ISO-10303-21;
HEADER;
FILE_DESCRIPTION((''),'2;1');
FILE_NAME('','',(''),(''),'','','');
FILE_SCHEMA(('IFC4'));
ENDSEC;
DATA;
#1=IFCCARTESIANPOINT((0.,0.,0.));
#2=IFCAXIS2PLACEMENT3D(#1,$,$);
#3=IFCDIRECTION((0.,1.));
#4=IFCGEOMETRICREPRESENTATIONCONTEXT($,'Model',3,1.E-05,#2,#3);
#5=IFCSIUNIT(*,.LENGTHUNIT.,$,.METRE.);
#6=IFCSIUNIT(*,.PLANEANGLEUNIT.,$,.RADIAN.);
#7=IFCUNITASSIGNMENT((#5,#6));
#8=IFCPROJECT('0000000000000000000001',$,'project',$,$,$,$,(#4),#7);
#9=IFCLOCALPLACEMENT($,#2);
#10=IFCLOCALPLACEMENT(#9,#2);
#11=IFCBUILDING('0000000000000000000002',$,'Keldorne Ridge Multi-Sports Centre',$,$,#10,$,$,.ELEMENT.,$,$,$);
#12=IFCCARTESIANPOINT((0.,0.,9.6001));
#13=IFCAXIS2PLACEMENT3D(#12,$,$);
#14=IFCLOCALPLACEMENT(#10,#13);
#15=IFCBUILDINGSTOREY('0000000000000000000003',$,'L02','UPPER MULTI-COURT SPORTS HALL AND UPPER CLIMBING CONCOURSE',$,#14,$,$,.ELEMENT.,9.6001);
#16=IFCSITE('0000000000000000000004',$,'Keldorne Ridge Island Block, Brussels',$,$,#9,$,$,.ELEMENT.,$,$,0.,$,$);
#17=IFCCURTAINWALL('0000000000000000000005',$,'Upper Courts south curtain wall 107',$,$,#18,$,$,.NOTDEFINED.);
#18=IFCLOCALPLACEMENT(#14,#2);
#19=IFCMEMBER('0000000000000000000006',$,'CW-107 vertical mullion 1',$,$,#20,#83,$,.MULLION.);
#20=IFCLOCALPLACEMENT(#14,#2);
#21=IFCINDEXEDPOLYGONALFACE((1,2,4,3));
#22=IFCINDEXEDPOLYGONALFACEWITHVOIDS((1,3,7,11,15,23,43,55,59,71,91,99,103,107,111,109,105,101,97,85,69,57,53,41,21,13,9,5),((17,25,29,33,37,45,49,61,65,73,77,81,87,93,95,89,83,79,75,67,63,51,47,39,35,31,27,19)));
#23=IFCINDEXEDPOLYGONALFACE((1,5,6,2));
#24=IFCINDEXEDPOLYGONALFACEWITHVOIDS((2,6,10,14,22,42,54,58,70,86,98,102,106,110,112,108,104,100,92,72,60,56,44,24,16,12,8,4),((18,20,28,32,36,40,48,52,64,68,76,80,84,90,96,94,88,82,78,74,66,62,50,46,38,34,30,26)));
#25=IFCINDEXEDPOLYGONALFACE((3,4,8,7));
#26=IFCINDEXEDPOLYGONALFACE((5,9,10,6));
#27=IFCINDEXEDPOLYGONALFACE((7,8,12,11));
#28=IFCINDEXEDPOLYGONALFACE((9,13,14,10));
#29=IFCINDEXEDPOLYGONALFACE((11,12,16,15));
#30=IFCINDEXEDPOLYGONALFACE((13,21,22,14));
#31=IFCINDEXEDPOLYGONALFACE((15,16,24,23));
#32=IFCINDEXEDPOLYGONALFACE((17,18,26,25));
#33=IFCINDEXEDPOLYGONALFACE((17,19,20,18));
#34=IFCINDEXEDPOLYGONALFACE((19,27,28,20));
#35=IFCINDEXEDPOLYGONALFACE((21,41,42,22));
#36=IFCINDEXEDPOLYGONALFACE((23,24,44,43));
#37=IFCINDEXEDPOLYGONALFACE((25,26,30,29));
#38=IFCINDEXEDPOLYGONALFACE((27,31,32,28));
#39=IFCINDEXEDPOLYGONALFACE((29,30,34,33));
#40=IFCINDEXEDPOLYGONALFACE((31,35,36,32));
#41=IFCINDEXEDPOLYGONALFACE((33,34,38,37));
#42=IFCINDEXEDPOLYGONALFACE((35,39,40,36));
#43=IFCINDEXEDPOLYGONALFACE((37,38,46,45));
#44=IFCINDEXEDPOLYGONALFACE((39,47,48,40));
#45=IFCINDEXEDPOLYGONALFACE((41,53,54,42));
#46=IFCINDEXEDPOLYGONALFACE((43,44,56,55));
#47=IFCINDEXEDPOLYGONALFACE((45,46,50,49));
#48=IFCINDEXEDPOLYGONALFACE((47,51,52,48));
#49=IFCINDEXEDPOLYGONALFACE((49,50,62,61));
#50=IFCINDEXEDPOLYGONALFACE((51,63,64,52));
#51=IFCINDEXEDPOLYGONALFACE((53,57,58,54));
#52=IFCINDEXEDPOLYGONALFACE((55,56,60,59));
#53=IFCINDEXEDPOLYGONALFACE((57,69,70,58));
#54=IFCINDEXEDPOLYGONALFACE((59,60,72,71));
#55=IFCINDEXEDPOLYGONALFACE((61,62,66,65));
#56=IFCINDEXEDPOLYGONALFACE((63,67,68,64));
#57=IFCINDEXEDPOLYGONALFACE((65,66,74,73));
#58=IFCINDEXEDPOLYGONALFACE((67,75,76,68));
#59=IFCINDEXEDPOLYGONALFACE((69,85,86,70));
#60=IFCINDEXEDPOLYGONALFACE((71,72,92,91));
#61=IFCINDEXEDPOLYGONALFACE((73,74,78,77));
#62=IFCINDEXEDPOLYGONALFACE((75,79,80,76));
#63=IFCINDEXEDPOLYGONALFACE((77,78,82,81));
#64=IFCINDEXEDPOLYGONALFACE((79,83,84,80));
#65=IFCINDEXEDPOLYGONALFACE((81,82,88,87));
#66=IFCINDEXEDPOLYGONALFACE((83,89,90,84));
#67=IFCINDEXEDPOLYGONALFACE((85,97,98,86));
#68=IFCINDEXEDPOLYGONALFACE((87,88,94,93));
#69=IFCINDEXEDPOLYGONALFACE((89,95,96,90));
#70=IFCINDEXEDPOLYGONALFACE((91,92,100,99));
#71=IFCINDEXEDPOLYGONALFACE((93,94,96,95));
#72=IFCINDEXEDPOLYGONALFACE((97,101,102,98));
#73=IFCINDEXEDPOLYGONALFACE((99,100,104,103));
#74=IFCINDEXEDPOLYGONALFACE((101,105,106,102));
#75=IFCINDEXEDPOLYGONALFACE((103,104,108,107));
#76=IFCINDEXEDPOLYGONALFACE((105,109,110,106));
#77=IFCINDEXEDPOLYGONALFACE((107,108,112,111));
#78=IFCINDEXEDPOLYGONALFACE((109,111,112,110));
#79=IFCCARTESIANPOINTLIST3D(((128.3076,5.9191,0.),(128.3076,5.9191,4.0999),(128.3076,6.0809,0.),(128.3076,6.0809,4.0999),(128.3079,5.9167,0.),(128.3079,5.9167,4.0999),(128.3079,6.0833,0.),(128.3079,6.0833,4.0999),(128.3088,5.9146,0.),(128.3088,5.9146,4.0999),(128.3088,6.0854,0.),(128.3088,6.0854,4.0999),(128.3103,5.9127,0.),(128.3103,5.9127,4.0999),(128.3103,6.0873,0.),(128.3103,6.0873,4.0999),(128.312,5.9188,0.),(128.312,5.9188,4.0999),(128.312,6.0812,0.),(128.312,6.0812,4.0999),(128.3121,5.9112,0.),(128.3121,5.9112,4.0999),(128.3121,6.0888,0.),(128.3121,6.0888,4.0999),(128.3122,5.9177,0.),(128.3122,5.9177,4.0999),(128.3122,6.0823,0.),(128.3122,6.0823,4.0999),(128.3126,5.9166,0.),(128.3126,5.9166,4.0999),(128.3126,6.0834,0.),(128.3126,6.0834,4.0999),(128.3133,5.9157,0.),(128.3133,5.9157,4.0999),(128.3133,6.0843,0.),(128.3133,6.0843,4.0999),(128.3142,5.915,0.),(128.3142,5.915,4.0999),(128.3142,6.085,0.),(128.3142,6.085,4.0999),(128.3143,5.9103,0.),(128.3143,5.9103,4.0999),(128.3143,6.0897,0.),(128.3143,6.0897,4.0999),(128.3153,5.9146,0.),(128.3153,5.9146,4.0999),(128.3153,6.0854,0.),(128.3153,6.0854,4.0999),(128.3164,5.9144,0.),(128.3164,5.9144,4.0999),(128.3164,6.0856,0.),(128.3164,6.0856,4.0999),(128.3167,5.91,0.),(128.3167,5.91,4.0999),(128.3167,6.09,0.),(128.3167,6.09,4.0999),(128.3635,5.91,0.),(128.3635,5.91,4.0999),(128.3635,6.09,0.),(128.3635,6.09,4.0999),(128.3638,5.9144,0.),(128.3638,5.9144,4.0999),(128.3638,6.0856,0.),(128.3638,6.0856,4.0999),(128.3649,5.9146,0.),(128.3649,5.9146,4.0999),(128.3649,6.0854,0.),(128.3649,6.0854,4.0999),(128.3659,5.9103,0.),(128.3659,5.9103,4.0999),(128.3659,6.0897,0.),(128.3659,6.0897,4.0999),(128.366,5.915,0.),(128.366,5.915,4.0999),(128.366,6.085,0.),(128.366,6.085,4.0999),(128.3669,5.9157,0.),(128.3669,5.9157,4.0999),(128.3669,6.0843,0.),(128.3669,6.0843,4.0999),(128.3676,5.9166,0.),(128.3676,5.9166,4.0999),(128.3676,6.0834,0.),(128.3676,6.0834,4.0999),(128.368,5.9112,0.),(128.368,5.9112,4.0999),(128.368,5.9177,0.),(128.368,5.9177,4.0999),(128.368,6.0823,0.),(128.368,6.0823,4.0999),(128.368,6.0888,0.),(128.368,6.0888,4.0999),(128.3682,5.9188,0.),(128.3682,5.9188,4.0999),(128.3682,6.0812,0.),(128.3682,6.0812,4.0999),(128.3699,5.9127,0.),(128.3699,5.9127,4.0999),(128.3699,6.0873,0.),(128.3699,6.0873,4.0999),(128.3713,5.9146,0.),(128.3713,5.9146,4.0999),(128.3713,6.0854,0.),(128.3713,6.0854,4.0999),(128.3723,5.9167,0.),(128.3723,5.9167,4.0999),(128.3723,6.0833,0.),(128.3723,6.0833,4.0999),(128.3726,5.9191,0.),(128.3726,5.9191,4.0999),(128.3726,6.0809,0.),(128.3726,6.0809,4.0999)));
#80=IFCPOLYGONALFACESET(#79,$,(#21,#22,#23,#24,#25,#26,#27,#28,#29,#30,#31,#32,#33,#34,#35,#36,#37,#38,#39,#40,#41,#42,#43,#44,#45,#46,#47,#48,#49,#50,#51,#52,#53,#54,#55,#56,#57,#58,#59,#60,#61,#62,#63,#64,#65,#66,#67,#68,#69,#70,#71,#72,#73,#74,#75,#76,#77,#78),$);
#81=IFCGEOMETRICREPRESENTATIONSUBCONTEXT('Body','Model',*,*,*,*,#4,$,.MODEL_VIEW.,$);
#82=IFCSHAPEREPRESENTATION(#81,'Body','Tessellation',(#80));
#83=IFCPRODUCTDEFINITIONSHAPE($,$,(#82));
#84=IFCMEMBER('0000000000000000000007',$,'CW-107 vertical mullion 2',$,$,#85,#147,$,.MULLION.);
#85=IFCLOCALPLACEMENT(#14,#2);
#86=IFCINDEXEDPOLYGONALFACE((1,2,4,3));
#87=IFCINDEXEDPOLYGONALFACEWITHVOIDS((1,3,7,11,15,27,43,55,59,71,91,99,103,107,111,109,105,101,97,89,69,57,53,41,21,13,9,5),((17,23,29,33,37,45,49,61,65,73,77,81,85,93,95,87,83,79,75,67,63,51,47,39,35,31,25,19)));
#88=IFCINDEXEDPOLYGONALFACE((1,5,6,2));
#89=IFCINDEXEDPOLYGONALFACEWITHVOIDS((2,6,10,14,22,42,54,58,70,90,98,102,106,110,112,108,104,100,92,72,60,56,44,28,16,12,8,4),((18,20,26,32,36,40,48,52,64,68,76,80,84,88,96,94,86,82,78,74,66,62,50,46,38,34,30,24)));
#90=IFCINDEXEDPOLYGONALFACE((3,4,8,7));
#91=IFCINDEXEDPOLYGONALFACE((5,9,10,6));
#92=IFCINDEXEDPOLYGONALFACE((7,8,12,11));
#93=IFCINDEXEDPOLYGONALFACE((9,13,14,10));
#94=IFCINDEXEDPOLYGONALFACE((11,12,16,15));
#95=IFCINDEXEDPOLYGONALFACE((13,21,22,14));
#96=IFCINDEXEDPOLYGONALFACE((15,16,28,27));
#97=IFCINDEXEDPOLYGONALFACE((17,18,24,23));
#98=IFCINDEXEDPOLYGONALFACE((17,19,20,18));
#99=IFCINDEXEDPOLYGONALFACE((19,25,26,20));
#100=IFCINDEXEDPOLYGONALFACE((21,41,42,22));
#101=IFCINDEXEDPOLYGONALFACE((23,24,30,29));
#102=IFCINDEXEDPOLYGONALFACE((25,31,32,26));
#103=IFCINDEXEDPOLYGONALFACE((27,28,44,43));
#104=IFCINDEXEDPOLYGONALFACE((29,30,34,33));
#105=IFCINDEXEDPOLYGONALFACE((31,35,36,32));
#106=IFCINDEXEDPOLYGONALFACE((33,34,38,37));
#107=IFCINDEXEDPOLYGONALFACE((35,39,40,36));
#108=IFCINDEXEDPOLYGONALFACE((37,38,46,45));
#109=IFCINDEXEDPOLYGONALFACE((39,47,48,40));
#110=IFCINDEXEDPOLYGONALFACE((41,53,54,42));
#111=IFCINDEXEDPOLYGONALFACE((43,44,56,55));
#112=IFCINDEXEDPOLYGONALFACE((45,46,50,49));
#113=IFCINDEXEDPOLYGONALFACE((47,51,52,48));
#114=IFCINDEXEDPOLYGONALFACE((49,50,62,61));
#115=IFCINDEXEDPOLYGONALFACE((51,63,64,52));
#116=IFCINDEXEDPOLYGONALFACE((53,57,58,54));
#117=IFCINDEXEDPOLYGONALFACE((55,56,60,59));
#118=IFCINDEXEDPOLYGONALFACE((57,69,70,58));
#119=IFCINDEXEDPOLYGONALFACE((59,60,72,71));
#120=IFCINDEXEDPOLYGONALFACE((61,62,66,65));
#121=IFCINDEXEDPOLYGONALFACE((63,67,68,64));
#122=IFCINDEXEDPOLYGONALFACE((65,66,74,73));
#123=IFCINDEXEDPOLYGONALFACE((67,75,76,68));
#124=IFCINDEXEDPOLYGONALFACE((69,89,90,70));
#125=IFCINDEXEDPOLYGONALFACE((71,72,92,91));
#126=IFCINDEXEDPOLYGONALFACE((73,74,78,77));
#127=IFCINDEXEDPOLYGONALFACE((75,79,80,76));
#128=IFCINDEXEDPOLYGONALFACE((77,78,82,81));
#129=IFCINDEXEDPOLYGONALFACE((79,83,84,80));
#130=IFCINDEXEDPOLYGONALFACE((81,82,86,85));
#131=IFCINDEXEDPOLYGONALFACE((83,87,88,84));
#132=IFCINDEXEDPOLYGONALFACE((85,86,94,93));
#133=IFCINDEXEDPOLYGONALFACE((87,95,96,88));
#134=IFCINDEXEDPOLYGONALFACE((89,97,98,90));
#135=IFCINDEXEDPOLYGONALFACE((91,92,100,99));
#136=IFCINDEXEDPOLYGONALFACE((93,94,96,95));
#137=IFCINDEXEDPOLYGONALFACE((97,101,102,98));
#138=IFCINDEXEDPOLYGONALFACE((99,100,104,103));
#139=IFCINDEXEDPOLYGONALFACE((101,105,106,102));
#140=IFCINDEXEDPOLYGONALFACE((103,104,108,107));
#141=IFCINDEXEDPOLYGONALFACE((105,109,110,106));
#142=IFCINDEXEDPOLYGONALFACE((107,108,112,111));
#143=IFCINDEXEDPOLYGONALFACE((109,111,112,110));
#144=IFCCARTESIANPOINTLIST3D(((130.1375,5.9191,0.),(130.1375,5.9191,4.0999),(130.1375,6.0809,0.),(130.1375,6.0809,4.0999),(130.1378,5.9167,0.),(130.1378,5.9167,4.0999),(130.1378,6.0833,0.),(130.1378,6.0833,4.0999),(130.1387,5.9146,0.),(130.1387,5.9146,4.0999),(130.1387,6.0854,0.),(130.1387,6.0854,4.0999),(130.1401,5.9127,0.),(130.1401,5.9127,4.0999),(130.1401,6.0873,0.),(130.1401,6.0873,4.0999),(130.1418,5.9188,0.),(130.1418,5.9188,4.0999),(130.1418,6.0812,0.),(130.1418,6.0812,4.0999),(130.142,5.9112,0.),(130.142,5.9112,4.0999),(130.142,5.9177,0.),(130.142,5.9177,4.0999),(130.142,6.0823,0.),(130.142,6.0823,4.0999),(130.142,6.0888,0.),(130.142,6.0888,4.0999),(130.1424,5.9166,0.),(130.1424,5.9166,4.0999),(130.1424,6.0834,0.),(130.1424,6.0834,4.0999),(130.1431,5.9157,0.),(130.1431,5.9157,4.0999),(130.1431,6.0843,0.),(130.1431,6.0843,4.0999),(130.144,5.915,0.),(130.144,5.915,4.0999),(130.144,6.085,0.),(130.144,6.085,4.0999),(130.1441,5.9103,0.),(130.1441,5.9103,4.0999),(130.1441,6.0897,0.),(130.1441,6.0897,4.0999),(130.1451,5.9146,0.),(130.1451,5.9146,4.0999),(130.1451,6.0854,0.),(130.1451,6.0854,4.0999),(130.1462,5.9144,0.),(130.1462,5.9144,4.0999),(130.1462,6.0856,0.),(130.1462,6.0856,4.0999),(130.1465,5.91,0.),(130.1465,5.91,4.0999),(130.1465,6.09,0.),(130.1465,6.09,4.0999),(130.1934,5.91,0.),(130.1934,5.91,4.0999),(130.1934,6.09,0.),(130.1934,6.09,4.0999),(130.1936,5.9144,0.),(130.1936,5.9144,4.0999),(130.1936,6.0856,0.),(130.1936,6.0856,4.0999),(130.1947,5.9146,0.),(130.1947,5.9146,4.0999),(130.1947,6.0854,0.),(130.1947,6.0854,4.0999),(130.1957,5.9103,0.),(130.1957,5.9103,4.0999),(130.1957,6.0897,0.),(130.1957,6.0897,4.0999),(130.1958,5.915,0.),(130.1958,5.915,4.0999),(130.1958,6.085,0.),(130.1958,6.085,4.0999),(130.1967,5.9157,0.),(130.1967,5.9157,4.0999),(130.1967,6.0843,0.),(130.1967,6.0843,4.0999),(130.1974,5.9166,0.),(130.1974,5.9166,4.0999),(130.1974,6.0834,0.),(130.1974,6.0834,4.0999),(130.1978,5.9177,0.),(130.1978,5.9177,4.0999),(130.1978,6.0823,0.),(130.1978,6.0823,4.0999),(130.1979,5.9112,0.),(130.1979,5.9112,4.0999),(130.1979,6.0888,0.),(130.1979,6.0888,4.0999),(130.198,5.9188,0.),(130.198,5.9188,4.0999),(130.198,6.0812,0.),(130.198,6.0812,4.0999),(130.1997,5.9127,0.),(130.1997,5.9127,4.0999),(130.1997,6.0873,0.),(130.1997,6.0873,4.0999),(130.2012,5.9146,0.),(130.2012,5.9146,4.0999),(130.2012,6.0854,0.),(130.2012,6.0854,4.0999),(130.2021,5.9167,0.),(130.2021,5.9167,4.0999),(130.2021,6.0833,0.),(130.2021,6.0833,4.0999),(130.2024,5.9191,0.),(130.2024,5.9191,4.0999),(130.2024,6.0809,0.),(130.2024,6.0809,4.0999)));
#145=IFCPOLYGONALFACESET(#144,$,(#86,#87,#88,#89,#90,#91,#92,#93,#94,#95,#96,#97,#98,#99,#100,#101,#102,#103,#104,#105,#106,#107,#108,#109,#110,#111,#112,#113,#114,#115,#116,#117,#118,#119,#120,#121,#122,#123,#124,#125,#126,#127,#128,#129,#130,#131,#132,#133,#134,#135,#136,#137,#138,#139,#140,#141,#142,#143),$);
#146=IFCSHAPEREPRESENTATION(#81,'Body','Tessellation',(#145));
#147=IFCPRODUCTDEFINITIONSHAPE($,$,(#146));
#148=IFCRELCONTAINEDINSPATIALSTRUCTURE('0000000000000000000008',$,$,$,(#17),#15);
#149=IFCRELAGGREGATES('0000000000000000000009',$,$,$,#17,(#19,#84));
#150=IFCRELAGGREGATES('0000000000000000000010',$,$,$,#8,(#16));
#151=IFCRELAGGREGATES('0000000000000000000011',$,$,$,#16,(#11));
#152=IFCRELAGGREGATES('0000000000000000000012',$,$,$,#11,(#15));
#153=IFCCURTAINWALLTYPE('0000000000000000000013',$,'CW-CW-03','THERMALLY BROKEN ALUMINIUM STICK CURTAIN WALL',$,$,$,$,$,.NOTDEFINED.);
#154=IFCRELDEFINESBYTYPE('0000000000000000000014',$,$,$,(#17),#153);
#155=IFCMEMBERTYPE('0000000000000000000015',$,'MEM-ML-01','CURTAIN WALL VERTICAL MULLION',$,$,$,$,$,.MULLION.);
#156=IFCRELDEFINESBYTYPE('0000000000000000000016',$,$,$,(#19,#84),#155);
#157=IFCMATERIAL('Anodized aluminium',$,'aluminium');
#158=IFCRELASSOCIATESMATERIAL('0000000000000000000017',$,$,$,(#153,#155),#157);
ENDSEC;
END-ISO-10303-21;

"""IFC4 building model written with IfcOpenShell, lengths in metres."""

from ifc_helpers import new_model, si_unit, direction, frame, origin, origin_2d, place, context, subcontext, project, spatial, hollow_rectangle, extrude, material, material_profile, profile_set, type_object, element, aggregate, save


model = new_model("IFC4")

# Units and contexts
model_context = context("Model", 3, precision=1e-05, world=origin(), true_north=direction((0.0, 1.0)))
body_context = subcontext(model_context, "Body", "Model", "MODEL_VIEW")
ifc_project = project(units=[si_unit("LENGTHUNIT", "METRE"), si_unit("PLANEANGLEUNIT", "RADIAN")], contexts=[model_context])

# Site, building, storey
site_placement = place(None, origin())
site = spatial("IfcSite", under=ifc_project, at=site_placement, Name="Keldorne Ridge Island Block, Brussels", CompositionType="ELEMENT", RefElevation=0.0)
building_placement = place(site_placement, origin())
building = spatial("IfcBuilding", under=site, at=building_placement, Name="Keldorne Ridge Multi-Sports Centre", CompositionType="ELEMENT")
storey_placement = place(building_placement, frame((0.0, 0.0, 9.6001)))
storey = spatial("IfcBuildingStorey", under=building, at=storey_placement, Name="L02", Description="UPPER MULTI-COURT SPORTS HALL AND UPPER CLIMBING CONCOURSE", CompositionType="ELEMENT", Elevation=9.6001)

# Curtain wall, members
ifc_material_1 = material(Name="Anodized aluminium", Category="aluminium")
curtain_wall_type = type_object("IfcCurtainWallType", Name="CW-CW-03", Description="THERMALLY BROKEN ALUMINIUM STICK CURTAIN WALL", PredefinedType="NOTDEFINED", material=ifc_material_1)
curtain_wall_placement = place(storey_placement, origin())
curtain_wall = element("IfcCurtainWall", 1, at=curtain_wall_placement, inside=storey, type_object=curtain_wall_type, Name="Upper Courts south curtain wall 107", PredefinedType="NOTDEFINED")
ifc_material_profile_1 = material_profile(ifc_material_1, hollow_rectangle(XDim=0.0649, YDim=0.1799, WallThickness=0.0044, InnerFilletRadius=0.0044, OuterFilletRadius=0.009, at=origin_2d()), Name="ALU MULLION 180x65x4.5")
ifc_profile_set_1 = profile_set([ifc_material_profile_1], Name="Anodized aluminium")
member_type_1 = type_object("IfcMemberType", Name="MEM-ML-01", Description="CURTAIN WALL VERTICAL MULLION", PredefinedType="MULLION", material=ifc_profile_set_1)
member_1_placement = place(storey_placement, frame((128.3401, 6.0, 0.0), z_axis=(0.0, 0.0, 1.0), x_axis=(1.0, 0.0, 0.0)))
member_1 = element("IfcMember", 2, at=member_1_placement, type_object=member_type_1, Name="CW-107 vertical mullion 1", PredefinedType="MULLION", context=body_context, shape_type="SweptSolid", body=[
    extrude(hollow_rectangle(XDim=0.0649, YDim=0.1799, WallThickness=0.0044, InnerFilletRadius=0.0044, OuterFilletRadius=0.009, at=origin_2d()), origin(), (0.0, 0.0, 1.0), 4.0999),
])
member_2_placement = place(storey_placement, frame((130.1699, 6.0, 0.0), z_axis=(0.0, 0.0, 1.0), x_axis=(1.0, 0.0, 0.0)))
member_2 = element("IfcMember", 3, at=member_2_placement, type_object=member_type_1, Name="CW-107 vertical mullion 2", PredefinedType="MULLION", context=body_context, shape_type="SweptSolid", body=[
    extrude(hollow_rectangle(XDim=0.0649, YDim=0.1799, WallThickness=0.0044, InnerFilletRadius=0.0044, OuterFilletRadius=0.009, at=origin_2d()), origin(), (0.0, 0.0, 1.0), 4.0999),
])
aggregate(curtain_wall, [member_1, member_2])

save(model, "model.ifc")
